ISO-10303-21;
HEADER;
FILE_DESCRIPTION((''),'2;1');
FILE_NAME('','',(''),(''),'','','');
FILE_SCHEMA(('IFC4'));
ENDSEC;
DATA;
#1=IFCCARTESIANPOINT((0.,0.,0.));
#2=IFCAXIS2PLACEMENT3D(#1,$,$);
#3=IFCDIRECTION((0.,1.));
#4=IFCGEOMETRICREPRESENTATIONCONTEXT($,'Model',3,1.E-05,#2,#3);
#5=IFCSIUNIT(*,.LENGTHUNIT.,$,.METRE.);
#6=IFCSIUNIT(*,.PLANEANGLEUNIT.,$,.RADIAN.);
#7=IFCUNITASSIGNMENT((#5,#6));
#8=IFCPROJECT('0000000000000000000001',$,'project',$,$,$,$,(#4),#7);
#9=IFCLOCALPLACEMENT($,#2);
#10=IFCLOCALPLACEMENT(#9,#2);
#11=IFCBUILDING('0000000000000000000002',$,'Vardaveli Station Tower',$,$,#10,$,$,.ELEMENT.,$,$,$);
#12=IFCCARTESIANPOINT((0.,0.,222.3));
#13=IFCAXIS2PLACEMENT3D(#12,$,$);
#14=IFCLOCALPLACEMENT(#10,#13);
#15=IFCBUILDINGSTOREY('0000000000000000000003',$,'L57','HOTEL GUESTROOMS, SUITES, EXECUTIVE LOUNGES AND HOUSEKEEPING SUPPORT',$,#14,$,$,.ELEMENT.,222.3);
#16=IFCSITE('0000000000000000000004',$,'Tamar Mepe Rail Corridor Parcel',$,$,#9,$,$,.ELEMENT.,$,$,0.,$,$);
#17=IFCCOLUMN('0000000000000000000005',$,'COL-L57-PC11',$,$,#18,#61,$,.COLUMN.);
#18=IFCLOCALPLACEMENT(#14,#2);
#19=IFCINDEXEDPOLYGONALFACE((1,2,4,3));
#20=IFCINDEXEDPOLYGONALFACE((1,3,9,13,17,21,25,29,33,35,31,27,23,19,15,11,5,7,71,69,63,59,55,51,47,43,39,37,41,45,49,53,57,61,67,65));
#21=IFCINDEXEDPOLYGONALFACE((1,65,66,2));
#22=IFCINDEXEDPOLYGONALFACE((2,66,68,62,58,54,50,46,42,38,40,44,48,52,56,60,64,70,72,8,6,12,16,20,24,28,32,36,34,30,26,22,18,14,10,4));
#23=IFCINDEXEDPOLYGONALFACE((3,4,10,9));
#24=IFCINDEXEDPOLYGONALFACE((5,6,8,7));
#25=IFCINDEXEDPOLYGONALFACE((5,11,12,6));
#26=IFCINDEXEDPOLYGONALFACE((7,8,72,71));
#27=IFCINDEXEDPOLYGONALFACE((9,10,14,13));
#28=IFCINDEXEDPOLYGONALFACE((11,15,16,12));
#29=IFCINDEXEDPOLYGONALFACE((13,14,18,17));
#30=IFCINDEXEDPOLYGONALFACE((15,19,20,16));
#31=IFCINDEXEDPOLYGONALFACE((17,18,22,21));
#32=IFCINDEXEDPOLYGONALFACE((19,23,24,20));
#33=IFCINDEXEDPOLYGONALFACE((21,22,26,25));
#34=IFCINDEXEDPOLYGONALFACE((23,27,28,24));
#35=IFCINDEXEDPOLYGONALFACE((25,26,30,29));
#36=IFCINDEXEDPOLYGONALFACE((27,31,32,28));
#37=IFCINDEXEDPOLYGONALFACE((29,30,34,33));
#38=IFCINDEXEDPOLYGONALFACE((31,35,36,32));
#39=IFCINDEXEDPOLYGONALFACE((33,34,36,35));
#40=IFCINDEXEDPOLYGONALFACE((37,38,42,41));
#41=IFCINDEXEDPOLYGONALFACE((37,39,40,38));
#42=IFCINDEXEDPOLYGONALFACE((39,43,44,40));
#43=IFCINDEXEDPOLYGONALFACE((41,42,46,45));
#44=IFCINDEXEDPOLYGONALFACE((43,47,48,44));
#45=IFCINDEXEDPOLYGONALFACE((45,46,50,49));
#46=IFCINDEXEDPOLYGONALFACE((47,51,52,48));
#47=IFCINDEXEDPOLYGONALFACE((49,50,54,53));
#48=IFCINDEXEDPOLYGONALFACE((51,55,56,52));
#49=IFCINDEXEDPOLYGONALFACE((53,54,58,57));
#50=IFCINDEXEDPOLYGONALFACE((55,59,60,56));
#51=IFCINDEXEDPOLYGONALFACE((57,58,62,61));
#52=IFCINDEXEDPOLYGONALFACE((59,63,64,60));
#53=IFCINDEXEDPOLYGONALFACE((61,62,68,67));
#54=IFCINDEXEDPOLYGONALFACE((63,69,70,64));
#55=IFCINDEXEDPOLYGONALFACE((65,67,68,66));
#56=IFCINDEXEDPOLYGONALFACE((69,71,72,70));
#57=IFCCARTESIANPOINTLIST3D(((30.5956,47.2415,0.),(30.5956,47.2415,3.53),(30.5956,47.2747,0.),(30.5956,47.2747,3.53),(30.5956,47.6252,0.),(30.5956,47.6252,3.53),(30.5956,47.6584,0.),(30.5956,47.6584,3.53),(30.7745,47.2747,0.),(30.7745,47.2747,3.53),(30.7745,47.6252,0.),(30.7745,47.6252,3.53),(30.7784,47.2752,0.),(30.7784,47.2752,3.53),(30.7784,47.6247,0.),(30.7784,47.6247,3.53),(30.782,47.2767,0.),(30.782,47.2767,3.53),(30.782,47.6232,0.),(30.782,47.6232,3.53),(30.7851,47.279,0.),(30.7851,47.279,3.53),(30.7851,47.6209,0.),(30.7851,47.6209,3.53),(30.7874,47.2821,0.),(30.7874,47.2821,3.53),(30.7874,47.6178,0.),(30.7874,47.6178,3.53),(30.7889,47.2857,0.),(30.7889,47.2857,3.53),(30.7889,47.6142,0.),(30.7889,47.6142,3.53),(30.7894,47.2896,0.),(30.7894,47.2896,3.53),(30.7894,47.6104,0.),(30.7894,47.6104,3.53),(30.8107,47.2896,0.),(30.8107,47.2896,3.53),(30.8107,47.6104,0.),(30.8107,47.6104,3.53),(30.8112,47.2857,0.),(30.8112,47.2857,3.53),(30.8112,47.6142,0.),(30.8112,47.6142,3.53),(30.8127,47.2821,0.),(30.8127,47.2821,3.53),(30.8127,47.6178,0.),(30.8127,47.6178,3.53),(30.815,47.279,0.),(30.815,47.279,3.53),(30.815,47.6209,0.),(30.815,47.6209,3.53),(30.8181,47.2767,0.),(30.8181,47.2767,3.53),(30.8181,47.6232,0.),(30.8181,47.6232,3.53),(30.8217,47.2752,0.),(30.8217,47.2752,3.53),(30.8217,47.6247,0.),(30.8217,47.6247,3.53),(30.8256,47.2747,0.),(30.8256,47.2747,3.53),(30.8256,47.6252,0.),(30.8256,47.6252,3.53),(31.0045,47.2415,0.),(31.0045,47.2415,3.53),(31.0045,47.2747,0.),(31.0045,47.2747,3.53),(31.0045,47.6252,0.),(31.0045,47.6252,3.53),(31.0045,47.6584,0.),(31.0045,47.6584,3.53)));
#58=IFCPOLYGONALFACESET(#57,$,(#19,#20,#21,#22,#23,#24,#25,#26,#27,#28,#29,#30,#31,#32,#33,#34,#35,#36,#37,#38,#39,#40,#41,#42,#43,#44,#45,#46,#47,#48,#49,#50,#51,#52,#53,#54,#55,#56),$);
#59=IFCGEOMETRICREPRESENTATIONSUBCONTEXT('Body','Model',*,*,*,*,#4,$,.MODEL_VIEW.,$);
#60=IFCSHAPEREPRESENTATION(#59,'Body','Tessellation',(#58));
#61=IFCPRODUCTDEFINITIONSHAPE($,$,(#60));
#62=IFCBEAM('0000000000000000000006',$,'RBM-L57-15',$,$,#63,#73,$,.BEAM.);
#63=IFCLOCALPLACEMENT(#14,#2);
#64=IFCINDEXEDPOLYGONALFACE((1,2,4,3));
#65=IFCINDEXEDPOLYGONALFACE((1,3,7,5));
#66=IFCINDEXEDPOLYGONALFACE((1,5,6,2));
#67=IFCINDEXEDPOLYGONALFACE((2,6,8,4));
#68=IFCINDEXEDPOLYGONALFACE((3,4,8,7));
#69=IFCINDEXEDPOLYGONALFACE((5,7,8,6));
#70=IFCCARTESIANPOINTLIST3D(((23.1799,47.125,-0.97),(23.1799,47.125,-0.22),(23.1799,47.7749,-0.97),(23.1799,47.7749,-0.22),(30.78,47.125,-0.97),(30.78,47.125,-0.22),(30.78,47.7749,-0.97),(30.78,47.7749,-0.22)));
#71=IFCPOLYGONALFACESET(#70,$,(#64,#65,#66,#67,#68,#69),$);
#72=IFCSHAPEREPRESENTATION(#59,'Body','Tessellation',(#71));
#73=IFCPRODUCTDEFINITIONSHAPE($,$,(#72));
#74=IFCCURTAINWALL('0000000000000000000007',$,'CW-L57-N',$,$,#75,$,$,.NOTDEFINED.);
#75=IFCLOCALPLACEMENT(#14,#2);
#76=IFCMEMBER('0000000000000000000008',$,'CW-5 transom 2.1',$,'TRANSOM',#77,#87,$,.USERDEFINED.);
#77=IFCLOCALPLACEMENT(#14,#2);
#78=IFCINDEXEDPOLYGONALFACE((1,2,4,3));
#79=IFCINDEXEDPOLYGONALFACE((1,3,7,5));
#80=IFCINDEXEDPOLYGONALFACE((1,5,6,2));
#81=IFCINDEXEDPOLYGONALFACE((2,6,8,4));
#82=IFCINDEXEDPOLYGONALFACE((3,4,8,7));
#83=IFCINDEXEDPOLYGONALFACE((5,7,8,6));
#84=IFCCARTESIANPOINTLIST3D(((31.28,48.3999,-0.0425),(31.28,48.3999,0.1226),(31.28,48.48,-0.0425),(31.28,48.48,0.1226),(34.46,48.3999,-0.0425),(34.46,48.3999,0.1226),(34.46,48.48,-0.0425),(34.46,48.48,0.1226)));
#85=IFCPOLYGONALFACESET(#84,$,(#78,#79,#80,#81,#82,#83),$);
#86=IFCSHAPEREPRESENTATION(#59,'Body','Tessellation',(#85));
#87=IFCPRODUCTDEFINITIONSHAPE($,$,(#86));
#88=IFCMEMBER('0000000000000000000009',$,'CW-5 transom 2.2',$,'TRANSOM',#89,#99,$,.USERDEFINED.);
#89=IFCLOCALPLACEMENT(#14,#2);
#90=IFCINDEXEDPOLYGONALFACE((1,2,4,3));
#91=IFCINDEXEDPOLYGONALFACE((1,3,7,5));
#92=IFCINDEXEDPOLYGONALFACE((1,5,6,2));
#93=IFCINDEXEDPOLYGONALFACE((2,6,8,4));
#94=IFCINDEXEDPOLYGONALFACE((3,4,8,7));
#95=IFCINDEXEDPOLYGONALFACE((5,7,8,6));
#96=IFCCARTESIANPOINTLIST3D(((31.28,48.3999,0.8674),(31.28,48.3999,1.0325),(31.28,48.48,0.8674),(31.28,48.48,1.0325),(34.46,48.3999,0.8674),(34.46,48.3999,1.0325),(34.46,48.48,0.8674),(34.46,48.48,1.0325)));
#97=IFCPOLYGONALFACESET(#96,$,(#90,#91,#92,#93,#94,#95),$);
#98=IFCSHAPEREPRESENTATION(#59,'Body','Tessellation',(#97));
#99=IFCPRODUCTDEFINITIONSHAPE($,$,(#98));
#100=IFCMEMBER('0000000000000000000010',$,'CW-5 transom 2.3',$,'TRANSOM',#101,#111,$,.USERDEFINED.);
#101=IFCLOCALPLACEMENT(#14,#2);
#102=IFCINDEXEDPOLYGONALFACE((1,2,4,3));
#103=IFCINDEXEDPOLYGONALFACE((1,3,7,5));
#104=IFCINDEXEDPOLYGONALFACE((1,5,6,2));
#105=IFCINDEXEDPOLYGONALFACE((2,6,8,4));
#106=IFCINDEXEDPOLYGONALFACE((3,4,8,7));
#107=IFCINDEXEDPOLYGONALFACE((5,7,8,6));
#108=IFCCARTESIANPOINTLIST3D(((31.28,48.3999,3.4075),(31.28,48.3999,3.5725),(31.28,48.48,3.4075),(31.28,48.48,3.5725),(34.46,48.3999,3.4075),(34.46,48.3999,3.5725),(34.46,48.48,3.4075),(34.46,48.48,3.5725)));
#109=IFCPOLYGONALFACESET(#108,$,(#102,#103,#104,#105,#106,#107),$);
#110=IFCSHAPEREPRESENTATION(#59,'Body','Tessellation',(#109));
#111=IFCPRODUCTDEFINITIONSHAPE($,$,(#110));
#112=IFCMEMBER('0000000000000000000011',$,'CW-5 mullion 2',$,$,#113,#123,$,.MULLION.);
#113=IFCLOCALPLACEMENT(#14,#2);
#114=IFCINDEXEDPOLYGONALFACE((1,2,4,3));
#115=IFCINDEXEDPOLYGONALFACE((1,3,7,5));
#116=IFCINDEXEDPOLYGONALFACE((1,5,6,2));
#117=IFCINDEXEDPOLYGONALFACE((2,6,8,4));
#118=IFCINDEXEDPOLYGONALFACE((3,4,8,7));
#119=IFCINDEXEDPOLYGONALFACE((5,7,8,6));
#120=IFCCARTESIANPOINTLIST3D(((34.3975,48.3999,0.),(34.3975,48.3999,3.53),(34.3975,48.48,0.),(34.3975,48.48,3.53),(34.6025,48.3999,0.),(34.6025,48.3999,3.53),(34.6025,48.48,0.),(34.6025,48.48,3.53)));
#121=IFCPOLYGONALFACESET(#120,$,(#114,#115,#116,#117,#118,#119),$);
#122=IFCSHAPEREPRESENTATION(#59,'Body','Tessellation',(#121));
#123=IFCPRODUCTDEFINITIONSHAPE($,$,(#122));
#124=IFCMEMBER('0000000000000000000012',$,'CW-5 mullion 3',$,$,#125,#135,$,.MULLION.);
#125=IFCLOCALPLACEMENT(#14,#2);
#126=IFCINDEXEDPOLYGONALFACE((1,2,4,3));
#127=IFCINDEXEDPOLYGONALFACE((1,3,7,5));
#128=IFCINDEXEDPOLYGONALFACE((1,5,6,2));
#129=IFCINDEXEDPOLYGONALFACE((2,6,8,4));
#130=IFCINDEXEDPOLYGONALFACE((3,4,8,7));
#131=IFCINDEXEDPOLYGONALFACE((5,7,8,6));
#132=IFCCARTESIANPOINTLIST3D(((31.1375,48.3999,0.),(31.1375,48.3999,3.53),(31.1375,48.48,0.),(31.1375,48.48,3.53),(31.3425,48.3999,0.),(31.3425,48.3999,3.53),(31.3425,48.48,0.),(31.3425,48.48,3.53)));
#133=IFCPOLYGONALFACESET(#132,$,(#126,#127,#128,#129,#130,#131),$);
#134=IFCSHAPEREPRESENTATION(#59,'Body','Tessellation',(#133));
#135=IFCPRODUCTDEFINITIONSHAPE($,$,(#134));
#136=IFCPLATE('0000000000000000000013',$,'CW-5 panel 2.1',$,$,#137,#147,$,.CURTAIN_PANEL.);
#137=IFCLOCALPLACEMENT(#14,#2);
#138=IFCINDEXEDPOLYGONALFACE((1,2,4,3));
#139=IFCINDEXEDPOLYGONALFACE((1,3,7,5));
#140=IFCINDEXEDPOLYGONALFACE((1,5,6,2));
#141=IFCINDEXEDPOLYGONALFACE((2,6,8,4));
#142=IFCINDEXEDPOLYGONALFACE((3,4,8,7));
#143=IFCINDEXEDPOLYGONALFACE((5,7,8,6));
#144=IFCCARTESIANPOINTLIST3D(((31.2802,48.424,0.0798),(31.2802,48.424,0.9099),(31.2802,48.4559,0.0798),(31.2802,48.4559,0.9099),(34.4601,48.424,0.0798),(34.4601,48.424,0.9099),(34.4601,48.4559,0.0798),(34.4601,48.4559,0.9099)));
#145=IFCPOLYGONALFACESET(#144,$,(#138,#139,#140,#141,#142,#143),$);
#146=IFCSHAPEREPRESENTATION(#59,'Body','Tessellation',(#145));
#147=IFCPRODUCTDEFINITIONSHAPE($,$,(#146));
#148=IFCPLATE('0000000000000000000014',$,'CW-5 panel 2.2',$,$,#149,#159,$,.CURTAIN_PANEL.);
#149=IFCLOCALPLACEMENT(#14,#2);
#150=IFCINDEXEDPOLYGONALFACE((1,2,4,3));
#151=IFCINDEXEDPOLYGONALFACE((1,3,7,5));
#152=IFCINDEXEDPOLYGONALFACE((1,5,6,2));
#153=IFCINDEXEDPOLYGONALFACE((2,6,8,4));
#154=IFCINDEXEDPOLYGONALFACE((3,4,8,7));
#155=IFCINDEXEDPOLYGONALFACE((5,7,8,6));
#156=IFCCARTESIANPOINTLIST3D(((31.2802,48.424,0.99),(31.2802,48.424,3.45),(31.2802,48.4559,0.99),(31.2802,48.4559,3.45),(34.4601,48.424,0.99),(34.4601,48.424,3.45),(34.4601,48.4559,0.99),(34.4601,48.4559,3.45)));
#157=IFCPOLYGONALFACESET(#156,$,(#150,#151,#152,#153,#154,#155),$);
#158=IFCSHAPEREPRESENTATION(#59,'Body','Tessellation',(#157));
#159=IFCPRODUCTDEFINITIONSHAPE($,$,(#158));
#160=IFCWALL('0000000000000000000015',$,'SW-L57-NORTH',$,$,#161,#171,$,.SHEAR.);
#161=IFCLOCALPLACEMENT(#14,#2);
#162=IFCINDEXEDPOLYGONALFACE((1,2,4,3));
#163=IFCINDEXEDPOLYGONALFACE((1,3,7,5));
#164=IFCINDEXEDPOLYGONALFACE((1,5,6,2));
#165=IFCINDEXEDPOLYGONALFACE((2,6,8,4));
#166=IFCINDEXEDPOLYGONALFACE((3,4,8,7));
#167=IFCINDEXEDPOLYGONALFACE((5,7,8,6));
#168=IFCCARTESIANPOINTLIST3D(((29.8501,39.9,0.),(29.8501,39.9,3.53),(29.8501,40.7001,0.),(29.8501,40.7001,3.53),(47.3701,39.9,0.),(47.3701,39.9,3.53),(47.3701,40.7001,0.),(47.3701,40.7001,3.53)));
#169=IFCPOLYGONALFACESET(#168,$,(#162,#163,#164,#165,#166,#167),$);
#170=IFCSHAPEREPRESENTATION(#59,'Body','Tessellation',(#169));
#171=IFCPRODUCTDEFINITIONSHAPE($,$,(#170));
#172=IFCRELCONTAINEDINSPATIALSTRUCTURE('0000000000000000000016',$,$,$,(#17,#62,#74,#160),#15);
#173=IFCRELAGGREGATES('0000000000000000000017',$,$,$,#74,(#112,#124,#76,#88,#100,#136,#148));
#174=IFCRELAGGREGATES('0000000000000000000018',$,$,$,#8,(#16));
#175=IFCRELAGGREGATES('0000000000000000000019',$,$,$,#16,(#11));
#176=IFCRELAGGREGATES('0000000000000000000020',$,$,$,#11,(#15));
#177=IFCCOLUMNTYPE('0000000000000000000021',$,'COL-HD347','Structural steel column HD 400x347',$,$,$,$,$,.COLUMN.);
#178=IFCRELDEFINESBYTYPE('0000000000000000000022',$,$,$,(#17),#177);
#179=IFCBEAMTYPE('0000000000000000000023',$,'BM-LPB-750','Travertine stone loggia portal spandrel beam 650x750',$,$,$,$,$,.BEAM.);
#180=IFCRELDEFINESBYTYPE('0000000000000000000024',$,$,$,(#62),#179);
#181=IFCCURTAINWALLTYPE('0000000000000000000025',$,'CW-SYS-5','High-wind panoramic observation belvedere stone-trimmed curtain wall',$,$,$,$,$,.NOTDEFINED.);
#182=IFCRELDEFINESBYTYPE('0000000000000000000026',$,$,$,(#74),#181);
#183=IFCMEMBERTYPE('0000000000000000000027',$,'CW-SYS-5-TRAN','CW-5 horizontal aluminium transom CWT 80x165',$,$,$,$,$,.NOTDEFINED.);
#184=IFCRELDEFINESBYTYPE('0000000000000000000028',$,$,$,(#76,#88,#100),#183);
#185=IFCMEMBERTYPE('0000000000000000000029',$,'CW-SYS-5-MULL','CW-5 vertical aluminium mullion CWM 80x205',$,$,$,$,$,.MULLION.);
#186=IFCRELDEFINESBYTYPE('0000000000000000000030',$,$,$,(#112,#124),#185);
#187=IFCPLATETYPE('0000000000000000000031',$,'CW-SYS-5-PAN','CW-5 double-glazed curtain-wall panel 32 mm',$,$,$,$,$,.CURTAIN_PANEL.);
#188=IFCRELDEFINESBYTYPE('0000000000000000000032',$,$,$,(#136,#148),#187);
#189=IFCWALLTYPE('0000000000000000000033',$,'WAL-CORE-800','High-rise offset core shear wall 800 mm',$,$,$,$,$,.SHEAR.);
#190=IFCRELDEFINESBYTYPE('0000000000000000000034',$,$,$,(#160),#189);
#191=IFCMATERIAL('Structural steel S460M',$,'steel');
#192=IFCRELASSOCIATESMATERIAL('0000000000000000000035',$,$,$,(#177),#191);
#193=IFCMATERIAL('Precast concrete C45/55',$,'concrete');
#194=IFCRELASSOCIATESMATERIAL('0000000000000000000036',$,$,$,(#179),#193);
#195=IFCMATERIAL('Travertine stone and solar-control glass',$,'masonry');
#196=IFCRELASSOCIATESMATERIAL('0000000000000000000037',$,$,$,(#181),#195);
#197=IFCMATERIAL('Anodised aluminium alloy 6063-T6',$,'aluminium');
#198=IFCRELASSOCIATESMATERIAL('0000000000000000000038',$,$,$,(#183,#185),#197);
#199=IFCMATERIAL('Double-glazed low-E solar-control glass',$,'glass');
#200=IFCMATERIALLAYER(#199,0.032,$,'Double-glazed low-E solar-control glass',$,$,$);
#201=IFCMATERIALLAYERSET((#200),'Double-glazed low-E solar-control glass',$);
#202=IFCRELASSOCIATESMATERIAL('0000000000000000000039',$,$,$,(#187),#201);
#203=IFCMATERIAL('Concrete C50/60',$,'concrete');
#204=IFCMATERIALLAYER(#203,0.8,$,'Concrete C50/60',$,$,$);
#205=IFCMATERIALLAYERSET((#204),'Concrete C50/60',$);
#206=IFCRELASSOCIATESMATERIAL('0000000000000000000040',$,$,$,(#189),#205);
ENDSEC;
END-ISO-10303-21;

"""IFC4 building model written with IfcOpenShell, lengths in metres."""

from ifc_helpers import new_model, si_unit, direction, frame, frame_2d, origin, origin_2d, place, context, subcontext, project, spatial, rectangle, i_section, extrude, source, transform, mapped, material, layer, layer_set, material_profile, profile_set, type_object, element, aggregate, save


model = new_model("IFC4")

# Units and contexts
model_context = context("Model", 3, precision=1e-05, world=origin(), true_north=direction((0.0, 1.0)))
body_context = subcontext(model_context, "Body", "Model", "MODEL_VIEW")
ifc_project = project(units=[si_unit("LENGTHUNIT", "METRE"), si_unit("PLANEANGLEUNIT", "RADIAN")], contexts=[model_context])

# Site, building, storey
site_placement = place(None, origin())
site = spatial("IfcSite", under=ifc_project, at=site_placement, Name="Tamar Mepe Rail Corridor Parcel", CompositionType="ELEMENT", RefElevation=0.0)
building_placement = place(site_placement, origin())
building = spatial("IfcBuilding", under=site, at=building_placement, Name="Vardaveli Station Tower", CompositionType="ELEMENT")
storey_placement = place(building_placement, frame((0.0, 0.0, 222.3)))
storey = spatial("IfcBuildingStorey", under=building, at=storey_placement, Name="L57", Description="HOTEL GUESTROOMS, SUITES, EXECUTIVE LOUNGES AND HOUSEKEEPING SUPPORT", CompositionType="ELEMENT", Elevation=222.3)

# Column
ifc_material_1 = material(Name="Structural steel S460M", Category="steel")
ifc_material_profile_1 = material_profile(ifc_material_1, i_section(OverallWidth=0.4089, OverallDepth=0.417, WebThickness=0.0212, FlangeThickness=0.0332, FilletRadius=0.0149, at=origin_2d()), Name="HD 400x347")
ifc_profile_set_1 = profile_set([ifc_material_profile_1], Name="Structural steel S460M")
column_type = type_object("IfcColumnType", Name="COL-HD347", Description="Structural steel column HD 400x347", PredefinedType="COLUMN", material=ifc_profile_set_1)
shared_shape_1 = source(origin(), body_context, "Body", "SweptSolid", [
    extrude(i_section(OverallWidth=0.4089, OverallDepth=0.417, WebThickness=0.0212, FlangeThickness=0.0332, FilletRadius=0.0149, at=origin_2d()), origin(), (0.0, 0.0, 1.0), 3.53),
])
column_placement = place(storey_placement, frame((30.8, 47.45, 0.0), z_axis=(0.0, 0.0, 1.0), x_axis=(1.0, 0.0, 0.0)))
element("IfcColumn", 1, at=column_placement, inside=storey, type_object=column_type, Name="COL-L57-PC11", PredefinedType="COLUMN", context=body_context, shape_type="MappedRepresentation", body=[
    mapped(shared_shape_1, transform((0.0, 0.0, 0.0), scale=1.0)),
])

# Beam
ifc_material_2 = material(Name="Precast concrete C45/55", Category="concrete")
ifc_material_profile_2 = material_profile(ifc_material_2, rectangle(XDim=0.6499, YDim=0.75, at=origin_2d()), Name="LPB 650x750")
ifc_profile_set_2 = profile_set([ifc_material_profile_2], Name="Precast concrete C45/55")
beam_type = type_object("IfcBeamType", Name="BM-LPB-750", Description="Travertine stone loggia portal spandrel beam 650x750", PredefinedType="BEAM", material=ifc_profile_set_2)
shared_shape_2 = source(origin(), body_context, "Body", "SweptSolid", [
    extrude(rectangle(XDim=0.6499, YDim=0.75, at=origin_2d()), origin(), (0.0, 0.0, 1.0), 7.6001),
])
beam_placement = place(storey_placement, frame((30.78, 47.45, -0.595), z_axis=(-1.0, 0.0, 0.0), x_axis=(0.0, -1.0, 0.0)))
element("IfcBeam", 2, at=beam_placement, inside=storey, type_object=beam_type, Name="RBM-L57-15", PredefinedType="BEAM", context=body_context, shape_type="MappedRepresentation", body=[
    mapped(shared_shape_2, transform((0.0, 0.0, 0.0), scale=1.0)),
])

# Curtain wall, members, plates
ifc_material_3 = material(Name="Travertine stone and solar-control glass", Category="masonry")
curtain_wall_type = type_object("IfcCurtainWallType", Name="CW-SYS-5", Description="High-wind panoramic observation belvedere stone-trimmed curtain wall", PredefinedType="NOTDEFINED", material=ifc_material_3)
curtain_wall_placement = place(storey_placement, origin())
curtain_wall = element("IfcCurtainWall", 3, at=curtain_wall_placement, inside=storey, type_object=curtain_wall_type, Name="CW-L57-N", PredefinedType="NOTDEFINED")
ifc_material_4 = material(Name="Anodised aluminium alloy 6063-T6", Category="aluminium")
ifc_material_profile_3 = material_profile(ifc_material_4, rectangle(XDim=0.0801, YDim=0.165, at=origin_2d()), Name="CWT 80x165")
ifc_profile_set_3 = profile_set([ifc_material_profile_3], Name="Anodised aluminium alloy 6063-T6")
member_type_1 = type_object("IfcMemberType", Name="CW-SYS-5-TRAN", Description="CW-5 horizontal aluminium transom CWT 80x165", PredefinedType="NOTDEFINED", material=ifc_profile_set_3)
shared_shape_3 = source(origin(), body_context, "Body", "SweptSolid", [
    extrude(rectangle(XDim=0.0801, YDim=0.165, at=origin_2d()), origin(), (0.0, 0.0, 1.0), 3.1799),
])
member_1_placement = place(storey_placement, frame((34.46, 48.4399, 0.04), z_axis=(-1.0, 0.0, 0.0), x_axis=(0.0, -1.0, 0.0)))
member_1 = element("IfcMember", 4, at=member_1_placement, type_object=member_type_1, Name="CW-5 transom 2.1", ObjectType="TRANSOM", PredefinedType="USERDEFINED", context=body_context, shape_type="MappedRepresentation", body=[
    mapped(shared_shape_3, transform((0.0, 0.0, 0.0), scale=1.0)),
])
member_2_placement = place(storey_placement, frame((34.46, 48.4399, 0.95), z_axis=(-1.0, 0.0, 0.0), x_axis=(0.0, -1.0, 0.0)))
member_2 = element("IfcMember", 5, at=member_2_placement, type_object=member_type_1, Name="CW-5 transom 2.2", ObjectType="TRANSOM", PredefinedType="USERDEFINED", context=body_context, shape_type="MappedRepresentation", body=[
    mapped(shared_shape_3, transform((0.0, 0.0, 0.0), scale=1.0)),
])
member_3_placement = place(storey_placement, frame((34.46, 48.4399, 3.49), z_axis=(-1.0, 0.0, 0.0), x_axis=(0.0, -1.0, 0.0)))
member_3 = element("IfcMember", 6, at=member_3_placement, type_object=member_type_1, Name="CW-5 transom 2.3", ObjectType="TRANSOM", PredefinedType="USERDEFINED", context=body_context, shape_type="MappedRepresentation", body=[
    mapped(shared_shape_3, transform((0.0, 0.0, 0.0), scale=1.0)),
])
ifc_material_profile_4 = material_profile(ifc_material_4, rectangle(XDim=0.0801, YDim=0.2051, at=origin_2d()), Name="CWM 80x205")
ifc_profile_set_4 = profile_set([ifc_material_profile_4], Name="Anodised aluminium alloy 6063-T6")
member_type_2 = type_object("IfcMemberType", Name="CW-SYS-5-MULL", Description="CW-5 vertical aluminium mullion CWM 80x205", PredefinedType="MULLION", material=ifc_profile_set_4)
shared_shape_4 = source(origin(), body_context, "Body", "SweptSolid", [
    extrude(rectangle(XDim=0.0801, YDim=0.2051, at=origin_2d()), origin(), (0.0, 0.0, 1.0), 3.53),
])
member_4_placement = place(storey_placement, frame((34.5, 48.4399, 0.0), z_axis=(0.0, 0.0, 1.0), x_axis=(0.0, -1.0, 0.0)))
member_4 = element("IfcMember", 7, at=member_4_placement, type_object=member_type_2, Name="CW-5 mullion 2", PredefinedType="MULLION", context=body_context, shape_type="MappedRepresentation", body=[
    mapped(shared_shape_4, transform((0.0, 0.0, 0.0), scale=1.0)),
])
member_5_placement = place(storey_placement, frame((31.24, 48.4399, 0.0), z_axis=(0.0, 0.0, 1.0), x_axis=(0.0, -1.0, 0.0)))
member_5 = element("IfcMember", 8, at=member_5_placement, type_object=member_type_2, Name="CW-5 mullion 3", PredefinedType="MULLION", context=body_context, shape_type="MappedRepresentation", body=[
    mapped(shared_shape_4, transform((0.0, 0.0, 0.0), scale=1.0)),
])
ifc_material_5 = material(Name="Double-glazed low-E solar-control glass", Category="glass")
ifc_layer_1 = layer(ifc_material_5, 0.032, Name="Double-glazed low-E solar-control glass")
ifc_layer_set_1 = layer_set([ifc_layer_1], Name="Double-glazed low-E solar-control glass")
plate_type = type_object("IfcPlateType", Name="CW-SYS-5-PAN", Description="CW-5 double-glazed curtain-wall panel 32 mm", PredefinedType="CURTAIN_PANEL", material=ifc_layer_set_1)
shared_shape_5 = source(origin(), body_context, "Body", "SweptSolid", [
    extrude(rectangle(XDim=3.1799, YDim=0.032, at=origin_2d()), origin(), (0.0, 0.0, 1.0), 0.8301),
])
plate_1_placement = place(storey_placement, frame((32.8701, 48.4399, 0.0798), z_axis=(0.0, 0.0, 1.0), x_axis=(-1.0, 0.0, 0.0)))
plate_1 = element("IfcPlate", 9, at=plate_1_placement, type_object=plate_type, Name="CW-5 panel 2.1", PredefinedType="CURTAIN_PANEL", context=body_context, shape_type="MappedRepresentation", body=[
    mapped(shared_shape_5, transform((0.0, 0.0, 0.0), scale=1.0)),
])
shared_shape_6 = source(origin(), body_context, "Body", "SweptSolid", [
    extrude(rectangle(XDim=3.1799, YDim=0.032, at=origin_2d()), origin(), (0.0, 0.0, 1.0), 2.46),
])
plate_2_placement = place(storey_placement, frame((32.8701, 48.4399, 0.99), z_axis=(0.0, 0.0, 1.0), x_axis=(-1.0, 0.0, 0.0)))
plate_2 = element("IfcPlate", 10, at=plate_2_placement, type_object=plate_type, Name="CW-5 panel 2.2", PredefinedType="CURTAIN_PANEL", context=body_context, shape_type="MappedRepresentation", body=[
    mapped(shared_shape_6, transform((0.0, 0.0, 0.0), scale=1.0)),
])
aggregate(curtain_wall, [member_4, member_5, member_1, member_2, member_3, plate_1, plate_2])

# Wall
ifc_material_6 = material(Name="Concrete C50/60", Category="concrete")
ifc_layer_2 = layer(ifc_material_6, 0.8, Name="Concrete C50/60")
ifc_layer_set_2 = layer_set([ifc_layer_2], Name="Concrete C50/60")
wall_type_1 = type_object("IfcWallType", Name="WAL-CORE-800", Description="High-rise offset core shear wall 800 mm", PredefinedType="SHEAR", material=ifc_layer_set_2)
shared_shape_7 = source(origin(), body_context, "Body", "SweptSolid", [
    extrude(rectangle(XDim=17.52, YDim=0.8, at=frame_2d((8.76, 0.0))), origin(), (0.0, 0.0, 1.0), 3.53),
])
wall_1_placement = place(storey_placement, frame((29.8501, 40.3, 0.0), z_axis=(0.0, 0.0, 1.0), x_axis=(1.0, 0.0, 0.0)))
element("IfcWall", 11, at=wall_1_placement, inside=storey, type_object=wall_type_1, Name="SW-L57-NORTH", PredefinedType="SHEAR", context=body_context, shape_type="MappedRepresentation", body=[
    mapped(shared_shape_7, transform((0.0, 0.0, 0.0), scale=1.0)),
])

save(model, "model.ifc")
